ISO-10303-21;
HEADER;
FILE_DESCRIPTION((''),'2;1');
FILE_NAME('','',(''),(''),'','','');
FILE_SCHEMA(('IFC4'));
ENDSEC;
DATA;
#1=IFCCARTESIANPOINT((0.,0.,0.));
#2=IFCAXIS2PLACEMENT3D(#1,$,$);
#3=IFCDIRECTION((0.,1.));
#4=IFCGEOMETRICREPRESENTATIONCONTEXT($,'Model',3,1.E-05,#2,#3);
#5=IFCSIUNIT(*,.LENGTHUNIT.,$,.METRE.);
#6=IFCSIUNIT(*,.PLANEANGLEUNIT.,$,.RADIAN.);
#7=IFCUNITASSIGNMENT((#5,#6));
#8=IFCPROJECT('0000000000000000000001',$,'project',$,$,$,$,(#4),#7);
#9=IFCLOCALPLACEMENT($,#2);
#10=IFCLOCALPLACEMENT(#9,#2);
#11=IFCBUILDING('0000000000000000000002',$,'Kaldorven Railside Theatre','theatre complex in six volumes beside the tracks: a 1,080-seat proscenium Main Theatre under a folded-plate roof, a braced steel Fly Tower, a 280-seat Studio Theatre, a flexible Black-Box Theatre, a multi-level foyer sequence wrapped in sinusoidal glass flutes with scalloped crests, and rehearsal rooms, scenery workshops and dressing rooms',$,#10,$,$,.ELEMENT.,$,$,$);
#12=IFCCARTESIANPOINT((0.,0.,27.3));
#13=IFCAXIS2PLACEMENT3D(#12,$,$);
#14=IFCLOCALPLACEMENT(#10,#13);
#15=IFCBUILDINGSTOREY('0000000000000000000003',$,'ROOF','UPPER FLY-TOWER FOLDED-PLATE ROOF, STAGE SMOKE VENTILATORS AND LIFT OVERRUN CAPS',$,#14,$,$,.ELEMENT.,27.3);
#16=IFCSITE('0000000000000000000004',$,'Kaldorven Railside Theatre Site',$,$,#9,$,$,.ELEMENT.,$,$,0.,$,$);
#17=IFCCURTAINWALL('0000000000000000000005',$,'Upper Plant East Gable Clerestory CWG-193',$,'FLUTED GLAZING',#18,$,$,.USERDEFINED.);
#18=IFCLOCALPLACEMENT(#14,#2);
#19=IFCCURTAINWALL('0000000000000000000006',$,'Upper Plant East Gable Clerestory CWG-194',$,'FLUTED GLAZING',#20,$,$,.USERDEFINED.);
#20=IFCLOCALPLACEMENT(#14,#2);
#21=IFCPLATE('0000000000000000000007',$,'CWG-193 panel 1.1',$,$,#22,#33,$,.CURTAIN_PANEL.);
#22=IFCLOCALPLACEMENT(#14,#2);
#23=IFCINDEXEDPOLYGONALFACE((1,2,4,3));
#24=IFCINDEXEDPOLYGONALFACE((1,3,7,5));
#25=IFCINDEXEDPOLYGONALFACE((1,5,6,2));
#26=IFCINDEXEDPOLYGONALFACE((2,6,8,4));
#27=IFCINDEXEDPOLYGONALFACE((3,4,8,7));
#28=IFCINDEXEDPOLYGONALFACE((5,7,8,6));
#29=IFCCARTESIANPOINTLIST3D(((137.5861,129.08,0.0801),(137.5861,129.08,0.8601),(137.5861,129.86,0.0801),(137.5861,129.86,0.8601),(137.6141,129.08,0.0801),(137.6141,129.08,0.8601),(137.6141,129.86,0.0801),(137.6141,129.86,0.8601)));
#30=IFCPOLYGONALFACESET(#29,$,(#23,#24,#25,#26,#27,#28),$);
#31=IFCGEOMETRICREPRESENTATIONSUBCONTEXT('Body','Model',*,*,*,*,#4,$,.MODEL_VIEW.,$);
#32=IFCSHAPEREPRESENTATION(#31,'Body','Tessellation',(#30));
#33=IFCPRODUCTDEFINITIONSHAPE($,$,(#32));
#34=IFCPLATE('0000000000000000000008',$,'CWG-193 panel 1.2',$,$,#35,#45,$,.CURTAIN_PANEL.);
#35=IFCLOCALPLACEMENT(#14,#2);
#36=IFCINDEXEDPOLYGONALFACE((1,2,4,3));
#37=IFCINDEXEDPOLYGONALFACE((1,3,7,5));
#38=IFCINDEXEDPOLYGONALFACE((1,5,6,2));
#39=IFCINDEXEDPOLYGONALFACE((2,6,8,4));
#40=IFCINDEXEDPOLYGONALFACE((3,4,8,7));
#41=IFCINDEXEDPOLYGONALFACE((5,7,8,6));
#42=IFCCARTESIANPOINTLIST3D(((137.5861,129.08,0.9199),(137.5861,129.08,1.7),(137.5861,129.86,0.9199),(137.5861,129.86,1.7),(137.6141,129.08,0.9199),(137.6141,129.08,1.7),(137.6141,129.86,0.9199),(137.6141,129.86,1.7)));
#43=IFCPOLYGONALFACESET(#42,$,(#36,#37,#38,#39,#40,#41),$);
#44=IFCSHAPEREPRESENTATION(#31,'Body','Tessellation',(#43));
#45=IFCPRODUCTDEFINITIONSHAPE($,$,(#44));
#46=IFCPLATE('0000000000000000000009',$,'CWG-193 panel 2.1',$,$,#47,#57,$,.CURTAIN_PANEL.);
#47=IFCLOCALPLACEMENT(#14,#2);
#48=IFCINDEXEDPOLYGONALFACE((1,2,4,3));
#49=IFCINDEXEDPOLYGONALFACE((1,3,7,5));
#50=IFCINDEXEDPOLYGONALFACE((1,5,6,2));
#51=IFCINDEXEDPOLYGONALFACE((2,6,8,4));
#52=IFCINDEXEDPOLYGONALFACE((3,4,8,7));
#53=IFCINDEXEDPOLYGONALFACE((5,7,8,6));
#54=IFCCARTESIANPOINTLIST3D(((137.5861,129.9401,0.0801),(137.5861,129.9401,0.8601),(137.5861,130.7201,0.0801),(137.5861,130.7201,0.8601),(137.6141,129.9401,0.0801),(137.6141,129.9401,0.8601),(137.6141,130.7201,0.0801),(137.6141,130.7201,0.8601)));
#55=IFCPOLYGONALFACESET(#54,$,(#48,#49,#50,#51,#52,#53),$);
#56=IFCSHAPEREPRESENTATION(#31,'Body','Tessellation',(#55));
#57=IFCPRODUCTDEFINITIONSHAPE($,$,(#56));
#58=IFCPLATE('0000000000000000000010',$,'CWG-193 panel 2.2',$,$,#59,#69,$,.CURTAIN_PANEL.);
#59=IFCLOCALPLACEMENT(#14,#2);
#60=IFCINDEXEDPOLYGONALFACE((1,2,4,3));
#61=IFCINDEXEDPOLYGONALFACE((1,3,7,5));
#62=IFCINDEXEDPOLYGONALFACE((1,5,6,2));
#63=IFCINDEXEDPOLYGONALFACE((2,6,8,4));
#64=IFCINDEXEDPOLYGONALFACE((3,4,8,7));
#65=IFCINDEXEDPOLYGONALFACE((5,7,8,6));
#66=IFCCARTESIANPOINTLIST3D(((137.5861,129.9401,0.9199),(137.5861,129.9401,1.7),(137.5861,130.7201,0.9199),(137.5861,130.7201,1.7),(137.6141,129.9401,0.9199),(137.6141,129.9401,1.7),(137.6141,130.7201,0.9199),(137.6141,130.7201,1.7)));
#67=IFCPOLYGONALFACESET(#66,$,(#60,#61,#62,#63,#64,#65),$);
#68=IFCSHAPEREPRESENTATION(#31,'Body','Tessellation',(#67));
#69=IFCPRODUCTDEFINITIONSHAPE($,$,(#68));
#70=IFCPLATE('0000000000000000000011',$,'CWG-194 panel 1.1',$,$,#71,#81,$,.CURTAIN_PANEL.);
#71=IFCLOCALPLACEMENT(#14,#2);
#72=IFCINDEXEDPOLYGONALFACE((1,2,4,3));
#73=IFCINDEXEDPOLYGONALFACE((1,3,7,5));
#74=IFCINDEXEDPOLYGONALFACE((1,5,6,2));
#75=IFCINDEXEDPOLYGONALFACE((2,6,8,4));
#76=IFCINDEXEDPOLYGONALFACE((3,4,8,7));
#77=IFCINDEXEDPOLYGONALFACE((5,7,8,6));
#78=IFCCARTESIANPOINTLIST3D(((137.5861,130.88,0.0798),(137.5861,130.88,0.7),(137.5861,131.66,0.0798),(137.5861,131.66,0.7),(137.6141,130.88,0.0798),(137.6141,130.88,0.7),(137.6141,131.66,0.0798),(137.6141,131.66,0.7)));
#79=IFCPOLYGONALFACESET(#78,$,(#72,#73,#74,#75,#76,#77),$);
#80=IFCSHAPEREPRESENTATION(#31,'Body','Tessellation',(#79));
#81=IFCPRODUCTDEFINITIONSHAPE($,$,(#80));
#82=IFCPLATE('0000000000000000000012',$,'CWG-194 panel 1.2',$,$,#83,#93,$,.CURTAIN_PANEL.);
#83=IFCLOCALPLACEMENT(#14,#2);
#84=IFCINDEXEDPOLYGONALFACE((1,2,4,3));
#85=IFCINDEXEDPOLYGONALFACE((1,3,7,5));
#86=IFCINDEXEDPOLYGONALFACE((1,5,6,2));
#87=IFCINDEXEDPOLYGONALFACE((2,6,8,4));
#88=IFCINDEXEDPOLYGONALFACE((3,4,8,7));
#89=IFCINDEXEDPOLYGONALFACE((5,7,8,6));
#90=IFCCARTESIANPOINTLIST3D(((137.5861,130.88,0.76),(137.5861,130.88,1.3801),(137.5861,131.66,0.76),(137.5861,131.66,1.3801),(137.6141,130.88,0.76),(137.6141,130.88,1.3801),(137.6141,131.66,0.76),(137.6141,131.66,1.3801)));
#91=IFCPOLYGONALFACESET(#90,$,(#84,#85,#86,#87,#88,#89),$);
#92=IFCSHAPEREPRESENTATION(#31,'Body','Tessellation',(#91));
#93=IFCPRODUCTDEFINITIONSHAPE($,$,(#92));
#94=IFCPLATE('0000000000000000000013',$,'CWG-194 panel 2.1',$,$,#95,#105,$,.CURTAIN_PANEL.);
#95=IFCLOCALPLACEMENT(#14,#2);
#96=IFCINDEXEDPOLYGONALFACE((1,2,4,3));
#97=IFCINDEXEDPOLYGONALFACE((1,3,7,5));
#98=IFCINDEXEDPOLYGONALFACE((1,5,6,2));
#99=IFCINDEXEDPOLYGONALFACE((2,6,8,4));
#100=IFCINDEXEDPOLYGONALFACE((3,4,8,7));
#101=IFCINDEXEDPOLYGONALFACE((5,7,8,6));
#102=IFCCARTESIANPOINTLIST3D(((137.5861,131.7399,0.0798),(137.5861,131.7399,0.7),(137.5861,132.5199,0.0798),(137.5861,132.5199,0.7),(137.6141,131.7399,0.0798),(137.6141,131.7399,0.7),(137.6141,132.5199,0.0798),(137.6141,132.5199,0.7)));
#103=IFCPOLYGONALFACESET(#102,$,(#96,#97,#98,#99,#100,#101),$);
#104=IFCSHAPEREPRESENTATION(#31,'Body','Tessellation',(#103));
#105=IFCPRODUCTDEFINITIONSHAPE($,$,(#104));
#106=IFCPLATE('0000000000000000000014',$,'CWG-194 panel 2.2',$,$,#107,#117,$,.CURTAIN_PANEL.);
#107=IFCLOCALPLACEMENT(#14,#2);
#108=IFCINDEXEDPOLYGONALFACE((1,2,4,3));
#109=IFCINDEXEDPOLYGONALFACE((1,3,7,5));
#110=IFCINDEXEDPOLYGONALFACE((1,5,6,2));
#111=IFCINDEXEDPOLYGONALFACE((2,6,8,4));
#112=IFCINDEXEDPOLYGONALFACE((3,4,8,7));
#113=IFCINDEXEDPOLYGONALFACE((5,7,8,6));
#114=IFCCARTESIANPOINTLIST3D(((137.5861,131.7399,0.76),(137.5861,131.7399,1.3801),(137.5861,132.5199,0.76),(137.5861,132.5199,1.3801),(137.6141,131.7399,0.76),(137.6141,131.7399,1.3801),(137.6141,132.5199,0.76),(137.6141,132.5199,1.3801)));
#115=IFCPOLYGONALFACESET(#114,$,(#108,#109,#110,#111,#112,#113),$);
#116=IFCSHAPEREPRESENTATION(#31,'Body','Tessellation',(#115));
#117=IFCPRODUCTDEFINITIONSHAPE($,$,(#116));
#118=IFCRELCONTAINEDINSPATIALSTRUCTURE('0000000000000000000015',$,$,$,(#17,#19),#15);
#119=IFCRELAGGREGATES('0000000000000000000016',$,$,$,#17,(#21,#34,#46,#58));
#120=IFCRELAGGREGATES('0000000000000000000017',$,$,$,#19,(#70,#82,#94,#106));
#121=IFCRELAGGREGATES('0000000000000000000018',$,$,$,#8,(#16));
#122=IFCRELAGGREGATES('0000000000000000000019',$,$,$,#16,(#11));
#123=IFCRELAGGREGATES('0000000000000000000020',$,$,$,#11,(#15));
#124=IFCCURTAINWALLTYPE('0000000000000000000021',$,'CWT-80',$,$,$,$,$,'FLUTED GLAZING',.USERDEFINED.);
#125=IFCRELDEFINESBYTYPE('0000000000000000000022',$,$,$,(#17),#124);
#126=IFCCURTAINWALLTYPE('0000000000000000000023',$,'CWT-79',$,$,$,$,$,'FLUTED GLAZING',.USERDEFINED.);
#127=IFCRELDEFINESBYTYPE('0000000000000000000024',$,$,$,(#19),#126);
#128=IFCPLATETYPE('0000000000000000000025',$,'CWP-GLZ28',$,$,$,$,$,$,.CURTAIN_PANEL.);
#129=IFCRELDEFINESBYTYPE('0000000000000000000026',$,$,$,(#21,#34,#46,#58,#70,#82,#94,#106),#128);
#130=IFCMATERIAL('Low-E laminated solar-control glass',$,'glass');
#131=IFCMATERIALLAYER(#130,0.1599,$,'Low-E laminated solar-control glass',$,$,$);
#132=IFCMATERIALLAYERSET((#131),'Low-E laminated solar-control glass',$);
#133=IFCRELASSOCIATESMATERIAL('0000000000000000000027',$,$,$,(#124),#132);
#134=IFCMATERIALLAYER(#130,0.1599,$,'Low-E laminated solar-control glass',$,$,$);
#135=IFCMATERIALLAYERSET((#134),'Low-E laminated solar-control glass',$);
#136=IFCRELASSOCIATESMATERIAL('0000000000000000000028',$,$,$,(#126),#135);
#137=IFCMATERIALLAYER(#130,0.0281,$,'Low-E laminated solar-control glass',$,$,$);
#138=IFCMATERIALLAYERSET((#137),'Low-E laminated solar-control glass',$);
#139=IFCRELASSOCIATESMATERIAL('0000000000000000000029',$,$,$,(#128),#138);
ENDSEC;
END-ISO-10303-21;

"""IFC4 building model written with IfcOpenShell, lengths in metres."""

from ifc_helpers import new_model, si_unit, direction, frame, origin, origin_2d, place, context, subcontext, project, spatial, rectangle, extrude, material, layer, layer_set, type_object, element, aggregate, save


model = new_model("IFC4")

# Units and contexts
model_context = context("Model", 3, precision=1e-05, world=origin(), true_north=direction((0.0, 1.0)))
body_context = subcontext(model_context, "Body", "Model", "MODEL_VIEW")
ifc_project = project(units=[si_unit("LENGTHUNIT", "METRE"), si_unit("PLANEANGLEUNIT", "RADIAN")], contexts=[model_context])

# Site, building, storey
site_placement = place(None, origin())
site = spatial("IfcSite", under=ifc_project, at=site_placement, Name="Kaldorven Railside Theatre Site", CompositionType="ELEMENT", RefElevation=0.0)
building_placement = place(site_placement, origin())
building = spatial("IfcBuilding", under=site, at=building_placement, Name="Kaldorven Railside Theatre", Description="theatre complex in six volumes beside the tracks: a 1,080-seat proscenium Main Theatre under a folded-plate roof, a braced steel Fly Tower, a 280-seat Studio Theatre, a flexible Black-Box Theatre, a multi-level foyer sequence wrapped in sinusoidal glass flutes with scalloped crests, and rehearsal rooms, scenery workshops and dressing rooms", CompositionType="ELEMENT")
storey_placement = place(building_placement, frame((0.0, 0.0, 27.3)))
storey = spatial("IfcBuildingStorey", under=building, at=storey_placement, Name="ROOF", Description="UPPER FLY-TOWER FOLDED-PLATE ROOF, STAGE SMOKE VENTILATORS AND LIFT OVERRUN CAPS", CompositionType="ELEMENT", Elevation=27.3)

# Shared definitions
ifc_material_1 = material(Name="Low-E laminated solar-control glass", Category="glass")

# Curtain walls
ifc_layer_1 = layer(ifc_material_1, 0.1599, Name="Low-E laminated solar-control glass")
ifc_layer_set_1 = layer_set([ifc_layer_1], Name="Low-E laminated solar-control glass")
curtain_wall_type_1 = type_object("IfcCurtainWallType", Name="CWT-80", ElementType="FLUTED GLAZING", PredefinedType="USERDEFINED", material=ifc_layer_set_1)
curtain_wall_1_placement = place(storey_placement, origin())
curtain_wall_1 = element("IfcCurtainWall", 1, at=curtain_wall_1_placement, inside=storey, type_object=curtain_wall_type_1, Name="Upper Plant East Gable Clerestory CWG-193", ObjectType="FLUTED GLAZING", PredefinedType="USERDEFINED")
ifc_layer_2 = layer(ifc_material_1, 0.1599, Name="Low-E laminated solar-control glass")
ifc_layer_set_2 = layer_set([ifc_layer_2], Name="Low-E laminated solar-control glass")
curtain_wall_type_2 = type_object("IfcCurtainWallType", Name="CWT-79", ElementType="FLUTED GLAZING", PredefinedType="USERDEFINED", material=ifc_layer_set_2)
curtain_wall_2_placement = place(storey_placement, origin())
curtain_wall_2 = element("IfcCurtainWall", 2, at=curtain_wall_2_placement, inside=storey, type_object=curtain_wall_type_2, Name="Upper Plant East Gable Clerestory CWG-194", ObjectType="FLUTED GLAZING", PredefinedType="USERDEFINED")

# Plates
ifc_layer_3 = layer(ifc_material_1, 0.0281, Name="Low-E laminated solar-control glass")
ifc_layer_set_3 = layer_set([ifc_layer_3], Name="Low-E laminated solar-control glass")
plate_type = type_object("IfcPlateType", Name="CWP-GLZ28", PredefinedType="CURTAIN_PANEL", material=ifc_layer_set_3)
plate_1_placement = place(storey_placement, frame((137.6001, 129.47, 0.0801), z_axis=(0.0, 0.0, 1.0), x_axis=(0.0, 1.0, 0.0)))
plate_1 = element("IfcPlate", 3, at=plate_1_placement, type_object=plate_type, Name="CWG-193 panel 1.1", PredefinedType="CURTAIN_PANEL", context=body_context, shape_type="SweptSolid", body=[
    extrude(rectangle(XDim=0.78, YDim=0.0281, at=origin_2d()), origin(), (0.0, 0.0, 1.0), 0.78),
])
plate_2_placement = place(storey_placement, frame((137.6001, 129.47, 0.9199), z_axis=(0.0, 0.0, 1.0), x_axis=(0.0, 1.0, 0.0)))
plate_2 = element("IfcPlate", 4, at=plate_2_placement, type_object=plate_type, Name="CWG-193 panel 1.2", PredefinedType="CURTAIN_PANEL", context=body_context, shape_type="SweptSolid", body=[
    extrude(rectangle(XDim=0.78, YDim=0.0281, at=origin_2d()), origin(), (0.0, 0.0, 1.0), 0.78),
])
plate_3_placement = place(storey_placement, frame((137.6001, 130.3301, 0.0801), z_axis=(0.0, 0.0, 1.0), x_axis=(0.0, 1.0, 0.0)))
plate_3 = element("IfcPlate", 5, at=plate_3_placement, type_object=plate_type, Name="CWG-193 panel 2.1", PredefinedType="CURTAIN_PANEL", context=body_context, shape_type="SweptSolid", body=[
    extrude(rectangle(XDim=0.78, YDim=0.0281, at=origin_2d()), origin(), (0.0, 0.0, 1.0), 0.78),
])
plate_4_placement = place(storey_placement, frame((137.6001, 130.3301, 0.9199), z_axis=(0.0, 0.0, 1.0), x_axis=(0.0, 1.0, 0.0)))
plate_4 = element("IfcPlate", 6, at=plate_4_placement, type_object=plate_type, Name="CWG-193 panel 2.2", PredefinedType="CURTAIN_PANEL", context=body_context, shape_type="SweptSolid", body=[
    extrude(rectangle(XDim=0.78, YDim=0.0281, at=origin_2d()), origin(), (0.0, 0.0, 1.0), 0.78),
])
aggregate(curtain_wall_1, [plate_1, plate_2, plate_3, plate_4])
plate_5_placement = place(storey_placement, frame((137.6001, 131.27, 0.0798), z_axis=(0.0, 0.0, 1.0), x_axis=(0.0, 1.0, 0.0)))
plate_5 = element("IfcPlate", 7, at=plate_5_placement, type_object=plate_type, Name="CWG-194 panel 1.1", PredefinedType="CURTAIN_PANEL", context=body_context, shape_type="SweptSolid", body=[
    extrude(rectangle(XDim=0.78, YDim=0.0281, at=origin_2d()), origin(), (0.0, 0.0, 1.0), 0.6201),
])
plate_6_placement = place(storey_placement, frame((137.6001, 131.27, 0.76), z_axis=(0.0, 0.0, 1.0), x_axis=(0.0, 1.0, 0.0)))
plate_6 = element("IfcPlate", 8, at=plate_6_placement, type_object=plate_type, Name="CWG-194 panel 1.2", PredefinedType="CURTAIN_PANEL", context=body_context, shape_type="SweptSolid", body=[
    extrude(rectangle(XDim=0.78, YDim=0.0281, at=origin_2d()), origin(), (0.0, 0.0, 1.0), 0.6201),
])
plate_7_placement = place(storey_placement, frame((137.6001, 132.1299, 0.0798), z_axis=(0.0, 0.0, 1.0), x_axis=(0.0, 1.0, 0.0)))
plate_7 = element("IfcPlate", 9, at=plate_7_placement, type_object=plate_type, Name="CWG-194 panel 2.1", PredefinedType="CURTAIN_PANEL", context=body_context, shape_type="SweptSolid", body=[
    extrude(rectangle(XDim=0.78, YDim=0.0281, at=origin_2d()), origin(), (0.0, 0.0, 1.0), 0.6201),
])
plate_8_placement = place(storey_placement, frame((137.6001, 132.1299, 0.76), z_axis=(0.0, 0.0, 1.0), x_axis=(0.0, 1.0, 0.0)))
plate_8 = element("IfcPlate", 10, at=plate_8_placement, type_object=plate_type, Name="CWG-194 panel 2.2", PredefinedType="CURTAIN_PANEL", context=body_context, shape_type="SweptSolid", body=[
    extrude(rectangle(XDim=0.78, YDim=0.0281, at=origin_2d()), origin(), (0.0, 0.0, 1.0), 0.6201),
])
aggregate(curtain_wall_2, [plate_5, plate_6, plate_7, plate_8])

save(model, "model.ifc")
